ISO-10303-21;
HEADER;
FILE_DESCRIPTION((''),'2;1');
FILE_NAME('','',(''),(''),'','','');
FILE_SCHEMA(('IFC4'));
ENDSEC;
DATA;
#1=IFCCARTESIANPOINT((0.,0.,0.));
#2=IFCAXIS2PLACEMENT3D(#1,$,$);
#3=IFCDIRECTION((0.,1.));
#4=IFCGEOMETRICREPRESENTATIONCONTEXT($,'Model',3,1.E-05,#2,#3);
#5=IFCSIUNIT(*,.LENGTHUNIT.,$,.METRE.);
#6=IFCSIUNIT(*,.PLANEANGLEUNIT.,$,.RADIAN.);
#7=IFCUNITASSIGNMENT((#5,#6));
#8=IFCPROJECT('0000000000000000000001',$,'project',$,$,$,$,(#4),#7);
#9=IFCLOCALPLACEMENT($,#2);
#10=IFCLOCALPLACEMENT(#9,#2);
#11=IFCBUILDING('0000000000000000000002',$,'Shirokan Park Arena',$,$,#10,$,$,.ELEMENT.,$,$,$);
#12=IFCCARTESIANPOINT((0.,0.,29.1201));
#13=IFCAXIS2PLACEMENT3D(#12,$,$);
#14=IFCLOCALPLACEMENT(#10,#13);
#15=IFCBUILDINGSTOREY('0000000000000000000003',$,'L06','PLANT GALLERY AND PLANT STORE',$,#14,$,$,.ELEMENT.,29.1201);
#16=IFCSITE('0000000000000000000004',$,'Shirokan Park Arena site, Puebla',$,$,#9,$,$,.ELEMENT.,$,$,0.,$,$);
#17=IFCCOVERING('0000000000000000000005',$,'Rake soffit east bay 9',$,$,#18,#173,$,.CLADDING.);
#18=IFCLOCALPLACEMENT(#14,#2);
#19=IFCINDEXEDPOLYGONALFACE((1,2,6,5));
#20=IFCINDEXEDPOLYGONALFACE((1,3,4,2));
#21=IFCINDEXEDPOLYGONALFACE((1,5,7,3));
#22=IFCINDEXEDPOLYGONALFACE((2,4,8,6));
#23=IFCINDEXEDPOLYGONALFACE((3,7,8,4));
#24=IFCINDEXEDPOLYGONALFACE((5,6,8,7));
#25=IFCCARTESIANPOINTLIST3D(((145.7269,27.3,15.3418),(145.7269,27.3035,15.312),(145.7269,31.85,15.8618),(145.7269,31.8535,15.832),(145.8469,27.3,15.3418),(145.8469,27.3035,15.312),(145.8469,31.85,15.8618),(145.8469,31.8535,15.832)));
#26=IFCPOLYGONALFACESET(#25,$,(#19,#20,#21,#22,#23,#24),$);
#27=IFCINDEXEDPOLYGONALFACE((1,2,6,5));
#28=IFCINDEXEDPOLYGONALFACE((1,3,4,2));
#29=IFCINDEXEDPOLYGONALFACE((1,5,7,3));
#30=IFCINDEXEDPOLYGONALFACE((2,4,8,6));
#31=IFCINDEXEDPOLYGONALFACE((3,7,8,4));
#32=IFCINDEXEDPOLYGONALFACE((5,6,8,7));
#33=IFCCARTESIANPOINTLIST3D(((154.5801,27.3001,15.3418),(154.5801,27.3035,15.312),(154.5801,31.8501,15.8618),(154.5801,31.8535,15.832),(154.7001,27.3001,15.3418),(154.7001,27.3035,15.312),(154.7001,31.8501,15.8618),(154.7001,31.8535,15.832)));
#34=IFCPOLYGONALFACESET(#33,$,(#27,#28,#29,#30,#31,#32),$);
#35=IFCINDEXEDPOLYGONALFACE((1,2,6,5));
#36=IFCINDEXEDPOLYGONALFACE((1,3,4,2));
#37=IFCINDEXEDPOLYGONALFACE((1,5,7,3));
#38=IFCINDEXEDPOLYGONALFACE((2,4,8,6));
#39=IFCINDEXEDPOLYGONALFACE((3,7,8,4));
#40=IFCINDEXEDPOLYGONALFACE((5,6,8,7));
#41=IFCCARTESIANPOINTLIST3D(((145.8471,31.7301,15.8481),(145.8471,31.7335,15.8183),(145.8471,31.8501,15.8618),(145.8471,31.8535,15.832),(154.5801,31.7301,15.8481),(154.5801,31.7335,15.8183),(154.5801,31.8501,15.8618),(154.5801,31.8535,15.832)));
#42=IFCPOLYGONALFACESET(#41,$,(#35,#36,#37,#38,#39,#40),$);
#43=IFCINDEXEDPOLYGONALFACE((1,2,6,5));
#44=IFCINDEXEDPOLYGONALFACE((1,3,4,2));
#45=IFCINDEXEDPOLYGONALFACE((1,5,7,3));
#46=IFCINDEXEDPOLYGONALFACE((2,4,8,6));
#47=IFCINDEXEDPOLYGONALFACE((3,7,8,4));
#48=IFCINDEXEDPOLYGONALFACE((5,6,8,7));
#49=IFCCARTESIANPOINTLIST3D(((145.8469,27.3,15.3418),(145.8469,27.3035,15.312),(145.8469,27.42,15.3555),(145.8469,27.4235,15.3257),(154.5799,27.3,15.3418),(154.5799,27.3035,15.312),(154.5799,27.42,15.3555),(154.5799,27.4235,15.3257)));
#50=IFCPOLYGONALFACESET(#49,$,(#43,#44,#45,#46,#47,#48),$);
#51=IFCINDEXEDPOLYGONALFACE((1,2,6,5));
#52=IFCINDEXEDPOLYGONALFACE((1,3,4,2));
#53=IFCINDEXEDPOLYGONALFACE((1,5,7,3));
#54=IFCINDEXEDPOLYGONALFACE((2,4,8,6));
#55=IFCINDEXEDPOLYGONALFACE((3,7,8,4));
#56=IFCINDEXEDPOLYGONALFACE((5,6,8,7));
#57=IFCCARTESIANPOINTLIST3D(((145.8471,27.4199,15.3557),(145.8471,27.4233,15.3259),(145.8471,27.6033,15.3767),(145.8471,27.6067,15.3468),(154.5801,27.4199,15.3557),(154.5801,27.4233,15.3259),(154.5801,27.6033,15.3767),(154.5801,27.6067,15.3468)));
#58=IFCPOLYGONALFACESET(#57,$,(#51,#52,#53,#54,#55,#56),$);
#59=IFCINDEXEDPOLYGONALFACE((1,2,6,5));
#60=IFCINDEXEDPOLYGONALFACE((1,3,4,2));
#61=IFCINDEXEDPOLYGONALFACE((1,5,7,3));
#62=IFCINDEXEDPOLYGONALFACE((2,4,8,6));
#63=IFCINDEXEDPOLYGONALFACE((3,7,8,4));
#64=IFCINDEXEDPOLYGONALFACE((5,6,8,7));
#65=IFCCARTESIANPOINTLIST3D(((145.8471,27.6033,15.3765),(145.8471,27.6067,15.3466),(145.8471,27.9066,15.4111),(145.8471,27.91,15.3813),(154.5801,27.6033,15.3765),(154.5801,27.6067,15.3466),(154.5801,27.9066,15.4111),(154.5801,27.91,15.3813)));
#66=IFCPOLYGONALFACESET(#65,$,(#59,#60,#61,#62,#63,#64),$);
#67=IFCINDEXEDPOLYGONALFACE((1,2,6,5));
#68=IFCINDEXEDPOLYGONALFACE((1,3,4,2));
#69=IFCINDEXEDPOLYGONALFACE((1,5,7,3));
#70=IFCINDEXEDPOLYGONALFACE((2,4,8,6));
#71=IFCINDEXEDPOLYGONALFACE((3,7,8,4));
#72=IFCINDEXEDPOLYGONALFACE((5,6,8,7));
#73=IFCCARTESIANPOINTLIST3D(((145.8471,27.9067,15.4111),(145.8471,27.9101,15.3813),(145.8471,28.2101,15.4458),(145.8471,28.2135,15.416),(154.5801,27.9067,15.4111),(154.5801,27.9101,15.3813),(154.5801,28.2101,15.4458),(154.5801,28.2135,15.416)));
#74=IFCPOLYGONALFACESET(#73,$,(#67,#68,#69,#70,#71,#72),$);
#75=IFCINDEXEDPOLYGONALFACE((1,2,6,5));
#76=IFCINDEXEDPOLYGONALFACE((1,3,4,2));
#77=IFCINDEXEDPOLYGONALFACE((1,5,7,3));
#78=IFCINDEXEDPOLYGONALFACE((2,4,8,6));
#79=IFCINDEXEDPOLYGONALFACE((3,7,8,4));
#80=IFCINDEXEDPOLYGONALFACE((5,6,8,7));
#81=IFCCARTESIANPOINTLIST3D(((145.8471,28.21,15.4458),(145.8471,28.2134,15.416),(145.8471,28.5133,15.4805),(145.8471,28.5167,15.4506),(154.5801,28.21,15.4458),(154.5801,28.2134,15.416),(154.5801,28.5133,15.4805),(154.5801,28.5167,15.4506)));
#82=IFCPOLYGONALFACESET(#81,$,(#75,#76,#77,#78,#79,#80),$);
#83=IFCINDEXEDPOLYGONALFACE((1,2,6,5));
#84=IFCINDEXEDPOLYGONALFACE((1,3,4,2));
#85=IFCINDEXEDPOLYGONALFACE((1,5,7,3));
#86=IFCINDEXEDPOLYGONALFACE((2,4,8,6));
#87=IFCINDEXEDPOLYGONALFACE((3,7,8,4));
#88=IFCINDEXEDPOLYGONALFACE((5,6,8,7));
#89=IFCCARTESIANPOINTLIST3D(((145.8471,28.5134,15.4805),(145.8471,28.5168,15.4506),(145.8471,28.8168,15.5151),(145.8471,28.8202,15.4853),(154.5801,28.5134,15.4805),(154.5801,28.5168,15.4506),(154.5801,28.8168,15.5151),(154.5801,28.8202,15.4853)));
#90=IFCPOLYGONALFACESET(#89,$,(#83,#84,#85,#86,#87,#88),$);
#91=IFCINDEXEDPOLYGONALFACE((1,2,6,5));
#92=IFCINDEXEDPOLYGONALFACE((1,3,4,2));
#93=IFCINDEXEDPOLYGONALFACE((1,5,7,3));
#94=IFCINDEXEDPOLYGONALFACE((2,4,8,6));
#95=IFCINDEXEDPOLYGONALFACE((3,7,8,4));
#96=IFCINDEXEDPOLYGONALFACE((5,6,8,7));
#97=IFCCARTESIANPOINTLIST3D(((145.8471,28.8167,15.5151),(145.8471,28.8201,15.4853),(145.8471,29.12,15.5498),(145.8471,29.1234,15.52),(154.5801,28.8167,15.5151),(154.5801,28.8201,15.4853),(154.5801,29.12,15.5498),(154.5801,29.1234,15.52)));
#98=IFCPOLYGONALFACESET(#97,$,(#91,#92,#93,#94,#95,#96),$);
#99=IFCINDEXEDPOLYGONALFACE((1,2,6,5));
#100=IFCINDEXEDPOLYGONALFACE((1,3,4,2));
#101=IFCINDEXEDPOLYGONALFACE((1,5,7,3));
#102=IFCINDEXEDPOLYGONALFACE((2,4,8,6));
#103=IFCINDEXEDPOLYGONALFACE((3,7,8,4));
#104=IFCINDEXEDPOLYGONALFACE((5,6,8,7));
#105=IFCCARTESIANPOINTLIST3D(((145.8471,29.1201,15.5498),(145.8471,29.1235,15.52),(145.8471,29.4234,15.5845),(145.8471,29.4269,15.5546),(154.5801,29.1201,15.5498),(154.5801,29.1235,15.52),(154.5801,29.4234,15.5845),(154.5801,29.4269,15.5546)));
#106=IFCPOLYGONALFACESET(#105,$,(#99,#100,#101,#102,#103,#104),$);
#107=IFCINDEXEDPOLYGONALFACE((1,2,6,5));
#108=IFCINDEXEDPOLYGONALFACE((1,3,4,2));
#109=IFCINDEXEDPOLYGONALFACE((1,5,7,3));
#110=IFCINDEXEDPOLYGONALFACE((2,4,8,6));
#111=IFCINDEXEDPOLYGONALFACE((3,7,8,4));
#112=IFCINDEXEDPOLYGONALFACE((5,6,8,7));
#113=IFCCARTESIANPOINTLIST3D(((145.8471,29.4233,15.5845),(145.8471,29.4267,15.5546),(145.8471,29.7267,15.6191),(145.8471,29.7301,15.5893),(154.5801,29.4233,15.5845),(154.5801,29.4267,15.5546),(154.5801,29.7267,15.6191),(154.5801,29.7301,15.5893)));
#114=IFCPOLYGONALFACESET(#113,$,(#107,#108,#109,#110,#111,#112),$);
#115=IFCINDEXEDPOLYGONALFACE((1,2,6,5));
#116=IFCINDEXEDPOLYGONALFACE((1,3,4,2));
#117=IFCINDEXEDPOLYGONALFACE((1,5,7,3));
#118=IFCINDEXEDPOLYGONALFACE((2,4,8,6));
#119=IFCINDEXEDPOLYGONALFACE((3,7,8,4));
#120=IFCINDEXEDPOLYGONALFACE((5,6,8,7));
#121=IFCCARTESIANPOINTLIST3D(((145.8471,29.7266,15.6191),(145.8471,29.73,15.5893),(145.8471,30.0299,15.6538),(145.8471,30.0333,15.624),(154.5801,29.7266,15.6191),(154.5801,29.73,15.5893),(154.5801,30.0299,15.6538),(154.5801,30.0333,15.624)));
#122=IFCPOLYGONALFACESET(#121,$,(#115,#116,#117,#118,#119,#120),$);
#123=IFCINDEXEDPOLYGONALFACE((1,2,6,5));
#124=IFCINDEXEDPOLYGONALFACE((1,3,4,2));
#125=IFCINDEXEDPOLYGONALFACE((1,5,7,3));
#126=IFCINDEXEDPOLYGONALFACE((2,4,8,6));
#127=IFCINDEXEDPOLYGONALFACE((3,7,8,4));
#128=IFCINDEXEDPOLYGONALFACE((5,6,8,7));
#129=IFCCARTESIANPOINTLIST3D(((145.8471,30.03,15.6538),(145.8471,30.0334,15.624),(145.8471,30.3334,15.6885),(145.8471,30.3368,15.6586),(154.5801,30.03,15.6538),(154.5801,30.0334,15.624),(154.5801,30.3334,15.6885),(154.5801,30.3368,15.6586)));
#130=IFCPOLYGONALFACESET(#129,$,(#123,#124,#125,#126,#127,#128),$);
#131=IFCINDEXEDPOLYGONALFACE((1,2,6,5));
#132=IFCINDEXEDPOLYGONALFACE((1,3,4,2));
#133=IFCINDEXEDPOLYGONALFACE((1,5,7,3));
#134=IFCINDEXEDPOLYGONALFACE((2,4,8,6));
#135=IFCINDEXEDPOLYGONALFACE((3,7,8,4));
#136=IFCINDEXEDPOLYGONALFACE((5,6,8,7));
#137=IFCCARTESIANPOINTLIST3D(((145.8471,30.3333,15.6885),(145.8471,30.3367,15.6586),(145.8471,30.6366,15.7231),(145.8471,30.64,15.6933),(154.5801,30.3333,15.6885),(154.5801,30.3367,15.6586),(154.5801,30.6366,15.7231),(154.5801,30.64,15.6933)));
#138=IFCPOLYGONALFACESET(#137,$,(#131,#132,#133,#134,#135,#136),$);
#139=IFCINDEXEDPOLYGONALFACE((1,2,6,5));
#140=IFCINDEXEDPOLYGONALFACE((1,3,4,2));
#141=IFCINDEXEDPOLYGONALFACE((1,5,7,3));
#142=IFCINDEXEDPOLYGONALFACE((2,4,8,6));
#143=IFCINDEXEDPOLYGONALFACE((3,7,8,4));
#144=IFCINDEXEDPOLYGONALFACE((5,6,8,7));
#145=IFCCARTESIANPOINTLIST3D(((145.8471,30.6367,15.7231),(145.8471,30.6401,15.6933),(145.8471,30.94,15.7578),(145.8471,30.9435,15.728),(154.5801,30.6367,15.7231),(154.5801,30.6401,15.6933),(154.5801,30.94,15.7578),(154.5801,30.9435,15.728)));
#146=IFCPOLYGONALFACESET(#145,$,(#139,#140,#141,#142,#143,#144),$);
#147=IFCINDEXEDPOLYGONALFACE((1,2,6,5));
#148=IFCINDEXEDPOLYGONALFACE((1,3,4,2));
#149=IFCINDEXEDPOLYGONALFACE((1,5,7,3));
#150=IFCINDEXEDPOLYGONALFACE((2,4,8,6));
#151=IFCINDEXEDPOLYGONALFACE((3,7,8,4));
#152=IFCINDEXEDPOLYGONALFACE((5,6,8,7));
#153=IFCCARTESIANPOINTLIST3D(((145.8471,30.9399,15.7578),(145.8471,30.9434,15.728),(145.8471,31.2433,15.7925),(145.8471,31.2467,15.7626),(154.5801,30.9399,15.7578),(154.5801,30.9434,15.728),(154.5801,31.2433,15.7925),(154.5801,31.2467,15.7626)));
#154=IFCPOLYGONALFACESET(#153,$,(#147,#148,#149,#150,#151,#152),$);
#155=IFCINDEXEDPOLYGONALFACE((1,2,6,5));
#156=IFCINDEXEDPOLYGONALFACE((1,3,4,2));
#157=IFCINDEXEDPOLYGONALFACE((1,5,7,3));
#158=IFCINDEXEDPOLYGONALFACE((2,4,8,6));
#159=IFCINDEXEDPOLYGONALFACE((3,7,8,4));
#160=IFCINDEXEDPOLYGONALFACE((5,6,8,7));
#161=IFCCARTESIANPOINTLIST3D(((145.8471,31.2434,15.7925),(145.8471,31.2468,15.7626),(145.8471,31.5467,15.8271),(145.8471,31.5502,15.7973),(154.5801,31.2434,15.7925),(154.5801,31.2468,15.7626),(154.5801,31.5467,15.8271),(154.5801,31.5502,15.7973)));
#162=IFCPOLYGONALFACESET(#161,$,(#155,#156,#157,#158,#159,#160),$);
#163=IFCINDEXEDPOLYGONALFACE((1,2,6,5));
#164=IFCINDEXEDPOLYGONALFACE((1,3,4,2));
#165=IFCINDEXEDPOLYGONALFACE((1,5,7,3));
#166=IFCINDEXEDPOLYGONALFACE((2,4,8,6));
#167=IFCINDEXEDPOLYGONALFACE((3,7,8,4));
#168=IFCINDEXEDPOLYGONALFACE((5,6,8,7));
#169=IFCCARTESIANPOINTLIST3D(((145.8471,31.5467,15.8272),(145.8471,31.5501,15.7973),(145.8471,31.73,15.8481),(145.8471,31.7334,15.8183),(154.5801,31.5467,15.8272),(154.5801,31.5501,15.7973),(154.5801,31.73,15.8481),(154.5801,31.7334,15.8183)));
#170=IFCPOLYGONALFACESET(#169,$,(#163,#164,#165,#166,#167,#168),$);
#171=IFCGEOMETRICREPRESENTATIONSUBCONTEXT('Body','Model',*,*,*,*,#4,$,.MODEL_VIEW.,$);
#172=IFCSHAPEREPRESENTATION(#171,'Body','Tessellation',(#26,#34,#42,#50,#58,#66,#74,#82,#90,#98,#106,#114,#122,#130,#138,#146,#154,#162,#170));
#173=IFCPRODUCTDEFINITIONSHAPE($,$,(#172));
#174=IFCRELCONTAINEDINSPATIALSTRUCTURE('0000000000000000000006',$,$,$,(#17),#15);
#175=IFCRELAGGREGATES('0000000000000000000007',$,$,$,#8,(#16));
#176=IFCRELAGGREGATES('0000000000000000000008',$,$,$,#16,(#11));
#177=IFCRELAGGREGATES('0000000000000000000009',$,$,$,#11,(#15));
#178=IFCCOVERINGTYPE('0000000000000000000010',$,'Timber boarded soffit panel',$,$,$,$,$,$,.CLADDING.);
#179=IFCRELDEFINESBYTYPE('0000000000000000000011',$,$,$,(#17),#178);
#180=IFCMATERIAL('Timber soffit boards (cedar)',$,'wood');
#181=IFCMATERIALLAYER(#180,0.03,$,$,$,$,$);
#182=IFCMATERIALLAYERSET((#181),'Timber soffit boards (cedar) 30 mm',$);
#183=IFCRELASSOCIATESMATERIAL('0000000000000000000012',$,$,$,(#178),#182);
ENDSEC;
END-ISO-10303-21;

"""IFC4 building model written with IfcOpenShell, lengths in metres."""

from ifc_helpers import new_model, si_unit, direction, frame, origin, place, context, subcontext, project, spatial, polyline, outline, extrude, material, layer, layer_set, type_object, element, save


model = new_model("IFC4")

# Units and contexts
model_context = context("Model", 3, precision=1e-05, world=origin(), true_north=direction((0.0, 1.0)))
body_context = subcontext(model_context, "Body", "Model", "MODEL_VIEW")
ifc_project = project(units=[si_unit("LENGTHUNIT", "METRE"), si_unit("PLANEANGLEUNIT", "RADIAN")], contexts=[model_context])

# Site, building, storey
site_placement = place(None, origin())
site = spatial("IfcSite", under=ifc_project, at=site_placement, Name="Shirokan Park Arena site, Puebla", CompositionType="ELEMENT", RefElevation=0.0)
building_placement = place(site_placement, origin())
building = spatial("IfcBuilding", under=site, at=building_placement, Name="Shirokan Park Arena", CompositionType="ELEMENT")
storey_placement = place(building_placement, frame((0.0, 0.0, 29.1201)))
storey = spatial("IfcBuildingStorey", under=building, at=storey_placement, Name="L06", Description="PLANT GALLERY AND PLANT STORE", CompositionType="ELEMENT", Elevation=29.1201)

# Covering
ifc_material = material(Name="Timber soffit boards (cedar)", Category="wood")
ifc_layer = layer(ifc_material, 0.03)
ifc_layer_set = layer_set([ifc_layer], Name="Timber soffit boards (cedar) 30 mm")
covering_type = type_object("IfcCoveringType", Name="Timber boarded soffit panel", PredefinedType="CLADDING", material=ifc_layer_set)
covering_1_placement = place(storey_placement, origin())
element("IfcCovering", 1, at=covering_1_placement, inside=storey, type_object=covering_type, Name="Rake soffit east bay 9", PredefinedType="CLADDING", context=body_context, shape_type="SweptSolid", body=[
    extrude(outline(polyline([(0.0, 0.0), (0.12, 0.0), (0.12, -4.5796), (0.0, -4.5796), (0.0, 0.0)])), frame((145.8469, 27.3, 15.3418), z_axis=(0.0, -0.113547, 0.993533), x_axis=(-1.0, 0.0, 0.0)), (0.0, 0.0, -1.0), 0.03),
    extrude(outline(polyline([(0.0, 0.0), (0.12, 0.0), (0.12, -4.5796), (0.0, -4.5796), (0.0, 0.0)])), frame((154.5801, 31.8501, 15.8618), z_axis=(0.0, -0.113547, 0.993533), x_axis=(1.0, 0.0, 0.0)), (0.0, 0.0, -1.0), 0.03),
    extrude(outline(polyline([(0.0, 0.0), (0.1208, 0.0), (0.1208, -8.733), (0.0, -8.733), (0.0, 0.0)])), frame((154.5801, 31.8501, 15.8618), z_axis=(0.0, -0.113512, 0.993537), x_axis=(0.0, -0.993537, -0.113512)), (0.0, 0.0, -1.0), 0.03),
    extrude(outline(polyline([(0.0, 0.0), (0.1208, 0.0), (0.1208, -8.733), (0.0, -8.733), (0.0, 0.0)])), frame((145.8469, 27.3, 15.3418), z_axis=(0.0, -0.113512, 0.993537), x_axis=(0.0, 0.993537, 0.113512)), (0.0, 0.0, -1.0), 0.03),
    extrude(outline(polyline([(0.0, 0.0), (8.733, 0.0), (8.733, -0.1845), (0.0, -0.1845), (0.0, 0.0)])), frame((154.5801, 27.4199, 15.3557), z_axis=(0.0, -0.113589, 0.993528), x_axis=(-1.0, 0.0, 0.0)), (0.0, 0.0, -1.0), 0.03),
    extrude(outline(polyline([(0.0, 0.0), (8.733, 0.0), (8.733, -0.3053), (0.0, -0.3053), (0.0, 0.0)])), frame((154.5801, 27.6033, 15.3765), z_axis=(0.0, -0.113523, 0.993535), x_axis=(-1.0, 0.0, 0.0)), (0.0, 0.0, -1.0), 0.03),
    extrude(outline(polyline([(0.0, 0.0), (8.733, 0.0), (8.733, -0.3053), (0.0, -0.3053), (0.0, 0.0)])), frame((154.5801, 27.9067, 15.4111), z_axis=(0.0, -0.113559, 0.993531), x_axis=(-1.0, 0.0, 0.0)), (0.0, 0.0, -1.0), 0.03),
    extrude(outline(polyline([(0.0, 0.0), (8.733, 0.0), (8.733, -0.3053), (0.0, -0.3053), (0.0, 0.0)])), frame((154.5801, 28.21, 15.4458), z_axis=(0.0, -0.113559, 0.993531), x_axis=(-1.0, 0.0, 0.0)), (0.0, 0.0, -1.0), 0.03),
    extrude(outline(polyline([(0.0, 0.0), (8.733, 0.0), (8.733, -0.3053), (0.0, -0.3053), (0.0, 0.0)])), frame((154.5801, 28.5134, 15.4805), z_axis=(0.0, -0.113523, 0.993535), x_axis=(-1.0, 0.0, 0.0)), (0.0, 0.0, -1.0), 0.03),
    extrude(outline(polyline([(0.0, 0.0), (8.733, 0.0), (8.733, -0.3053), (0.0, -0.3053), (0.0, 0.0)])), frame((154.5801, 28.8167, 15.5151), z_axis=(0.0, -0.113559, 0.993531), x_axis=(-1.0, 0.0, 0.0)), (0.0, 0.0, -1.0), 0.03),
    extrude(outline(polyline([(0.0, 0.0), (8.733, 0.0), (8.733, -0.3053), (0.0, -0.3053), (0.0, 0.0)])), frame((154.5801, 29.1201, 15.5498), z_axis=(0.0, -0.113559, 0.993531), x_axis=(-1.0, 0.0, 0.0)), (0.0, 0.0, -1.0), 0.03),
    extrude(outline(polyline([(0.0, 0.0), (8.733, 0.0), (8.733, -0.3053), (0.0, -0.3053), (0.0, 0.0)])), frame((154.5801, 29.4233, 15.5845), z_axis=(0.0, -0.113523, 0.993535), x_axis=(-1.0, 0.0, 0.0)), (0.0, 0.0, -1.0), 0.03),
    extrude(outline(polyline([(0.0, 0.0), (8.733, 0.0), (8.733, -0.3053), (0.0, -0.3053), (0.0, 0.0)])), frame((154.5801, 29.7266, 15.6191), z_axis=(0.0, -0.113559, 0.993531), x_axis=(-1.0, 0.0, 0.0)), (0.0, 0.0, -1.0), 0.03),
    extrude(outline(polyline([(0.0, 0.0), (8.733, 0.0), (8.733, -0.3053), (0.0, -0.3053), (0.0, 0.0)])), frame((154.5801, 30.03, 15.6538), z_axis=(0.0, -0.113559, 0.993531), x_axis=(-1.0, 0.0, 0.0)), (0.0, 0.0, -1.0), 0.03),
    extrude(outline(polyline([(0.0, 0.0), (8.733, 0.0), (8.733, -0.3053), (0.0, -0.3053), (0.0, 0.0)])), frame((154.5801, 30.3333, 15.6885), z_axis=(0.0, -0.113523, 0.993535), x_axis=(-1.0, 0.0, 0.0)), (0.0, 0.0, -1.0), 0.03),
    extrude(outline(polyline([(0.0, 0.0), (8.733, 0.0), (8.733, -0.3053), (0.0, -0.3053), (0.0, 0.0)])), frame((154.5801, 30.6367, 15.7231), z_axis=(0.0, -0.113559, 0.993531), x_axis=(-1.0, 0.0, 0.0)), (0.0, 0.0, -1.0), 0.03),
    extrude(outline(polyline([(0.0, 0.0), (8.733, 0.0), (8.733, -0.3053), (0.0, -0.3053), (0.0, 0.0)])), frame((154.5801, 30.9399, 15.7578), z_axis=(0.0, -0.113559, 0.993531), x_axis=(-1.0, 0.0, 0.0)), (0.0, 0.0, -1.0), 0.03),
    extrude(outline(polyline([(0.0, 0.0), (8.733, 0.0), (8.733, -0.3053), (0.0, -0.3053), (0.0, 0.0)])), frame((154.5801, 31.2434, 15.7925), z_axis=(0.0, -0.113523, 0.993535), x_axis=(-1.0, 0.0, 0.0)), (0.0, 0.0, -1.0), 0.03),
    extrude(outline(polyline([(0.0, 0.0), (0.1845, 0.0), (0.1845, -8.733), (0.0, -8.733), (0.0, 0.0)])), frame((154.5801, 31.73, 15.8481), z_axis=(0.0, -0.113589, 0.993528), x_axis=(0.0, -0.993528, -0.113589)), (0.0, 0.0, -1.0), 0.03),
])

save(model, "model.ifc")
